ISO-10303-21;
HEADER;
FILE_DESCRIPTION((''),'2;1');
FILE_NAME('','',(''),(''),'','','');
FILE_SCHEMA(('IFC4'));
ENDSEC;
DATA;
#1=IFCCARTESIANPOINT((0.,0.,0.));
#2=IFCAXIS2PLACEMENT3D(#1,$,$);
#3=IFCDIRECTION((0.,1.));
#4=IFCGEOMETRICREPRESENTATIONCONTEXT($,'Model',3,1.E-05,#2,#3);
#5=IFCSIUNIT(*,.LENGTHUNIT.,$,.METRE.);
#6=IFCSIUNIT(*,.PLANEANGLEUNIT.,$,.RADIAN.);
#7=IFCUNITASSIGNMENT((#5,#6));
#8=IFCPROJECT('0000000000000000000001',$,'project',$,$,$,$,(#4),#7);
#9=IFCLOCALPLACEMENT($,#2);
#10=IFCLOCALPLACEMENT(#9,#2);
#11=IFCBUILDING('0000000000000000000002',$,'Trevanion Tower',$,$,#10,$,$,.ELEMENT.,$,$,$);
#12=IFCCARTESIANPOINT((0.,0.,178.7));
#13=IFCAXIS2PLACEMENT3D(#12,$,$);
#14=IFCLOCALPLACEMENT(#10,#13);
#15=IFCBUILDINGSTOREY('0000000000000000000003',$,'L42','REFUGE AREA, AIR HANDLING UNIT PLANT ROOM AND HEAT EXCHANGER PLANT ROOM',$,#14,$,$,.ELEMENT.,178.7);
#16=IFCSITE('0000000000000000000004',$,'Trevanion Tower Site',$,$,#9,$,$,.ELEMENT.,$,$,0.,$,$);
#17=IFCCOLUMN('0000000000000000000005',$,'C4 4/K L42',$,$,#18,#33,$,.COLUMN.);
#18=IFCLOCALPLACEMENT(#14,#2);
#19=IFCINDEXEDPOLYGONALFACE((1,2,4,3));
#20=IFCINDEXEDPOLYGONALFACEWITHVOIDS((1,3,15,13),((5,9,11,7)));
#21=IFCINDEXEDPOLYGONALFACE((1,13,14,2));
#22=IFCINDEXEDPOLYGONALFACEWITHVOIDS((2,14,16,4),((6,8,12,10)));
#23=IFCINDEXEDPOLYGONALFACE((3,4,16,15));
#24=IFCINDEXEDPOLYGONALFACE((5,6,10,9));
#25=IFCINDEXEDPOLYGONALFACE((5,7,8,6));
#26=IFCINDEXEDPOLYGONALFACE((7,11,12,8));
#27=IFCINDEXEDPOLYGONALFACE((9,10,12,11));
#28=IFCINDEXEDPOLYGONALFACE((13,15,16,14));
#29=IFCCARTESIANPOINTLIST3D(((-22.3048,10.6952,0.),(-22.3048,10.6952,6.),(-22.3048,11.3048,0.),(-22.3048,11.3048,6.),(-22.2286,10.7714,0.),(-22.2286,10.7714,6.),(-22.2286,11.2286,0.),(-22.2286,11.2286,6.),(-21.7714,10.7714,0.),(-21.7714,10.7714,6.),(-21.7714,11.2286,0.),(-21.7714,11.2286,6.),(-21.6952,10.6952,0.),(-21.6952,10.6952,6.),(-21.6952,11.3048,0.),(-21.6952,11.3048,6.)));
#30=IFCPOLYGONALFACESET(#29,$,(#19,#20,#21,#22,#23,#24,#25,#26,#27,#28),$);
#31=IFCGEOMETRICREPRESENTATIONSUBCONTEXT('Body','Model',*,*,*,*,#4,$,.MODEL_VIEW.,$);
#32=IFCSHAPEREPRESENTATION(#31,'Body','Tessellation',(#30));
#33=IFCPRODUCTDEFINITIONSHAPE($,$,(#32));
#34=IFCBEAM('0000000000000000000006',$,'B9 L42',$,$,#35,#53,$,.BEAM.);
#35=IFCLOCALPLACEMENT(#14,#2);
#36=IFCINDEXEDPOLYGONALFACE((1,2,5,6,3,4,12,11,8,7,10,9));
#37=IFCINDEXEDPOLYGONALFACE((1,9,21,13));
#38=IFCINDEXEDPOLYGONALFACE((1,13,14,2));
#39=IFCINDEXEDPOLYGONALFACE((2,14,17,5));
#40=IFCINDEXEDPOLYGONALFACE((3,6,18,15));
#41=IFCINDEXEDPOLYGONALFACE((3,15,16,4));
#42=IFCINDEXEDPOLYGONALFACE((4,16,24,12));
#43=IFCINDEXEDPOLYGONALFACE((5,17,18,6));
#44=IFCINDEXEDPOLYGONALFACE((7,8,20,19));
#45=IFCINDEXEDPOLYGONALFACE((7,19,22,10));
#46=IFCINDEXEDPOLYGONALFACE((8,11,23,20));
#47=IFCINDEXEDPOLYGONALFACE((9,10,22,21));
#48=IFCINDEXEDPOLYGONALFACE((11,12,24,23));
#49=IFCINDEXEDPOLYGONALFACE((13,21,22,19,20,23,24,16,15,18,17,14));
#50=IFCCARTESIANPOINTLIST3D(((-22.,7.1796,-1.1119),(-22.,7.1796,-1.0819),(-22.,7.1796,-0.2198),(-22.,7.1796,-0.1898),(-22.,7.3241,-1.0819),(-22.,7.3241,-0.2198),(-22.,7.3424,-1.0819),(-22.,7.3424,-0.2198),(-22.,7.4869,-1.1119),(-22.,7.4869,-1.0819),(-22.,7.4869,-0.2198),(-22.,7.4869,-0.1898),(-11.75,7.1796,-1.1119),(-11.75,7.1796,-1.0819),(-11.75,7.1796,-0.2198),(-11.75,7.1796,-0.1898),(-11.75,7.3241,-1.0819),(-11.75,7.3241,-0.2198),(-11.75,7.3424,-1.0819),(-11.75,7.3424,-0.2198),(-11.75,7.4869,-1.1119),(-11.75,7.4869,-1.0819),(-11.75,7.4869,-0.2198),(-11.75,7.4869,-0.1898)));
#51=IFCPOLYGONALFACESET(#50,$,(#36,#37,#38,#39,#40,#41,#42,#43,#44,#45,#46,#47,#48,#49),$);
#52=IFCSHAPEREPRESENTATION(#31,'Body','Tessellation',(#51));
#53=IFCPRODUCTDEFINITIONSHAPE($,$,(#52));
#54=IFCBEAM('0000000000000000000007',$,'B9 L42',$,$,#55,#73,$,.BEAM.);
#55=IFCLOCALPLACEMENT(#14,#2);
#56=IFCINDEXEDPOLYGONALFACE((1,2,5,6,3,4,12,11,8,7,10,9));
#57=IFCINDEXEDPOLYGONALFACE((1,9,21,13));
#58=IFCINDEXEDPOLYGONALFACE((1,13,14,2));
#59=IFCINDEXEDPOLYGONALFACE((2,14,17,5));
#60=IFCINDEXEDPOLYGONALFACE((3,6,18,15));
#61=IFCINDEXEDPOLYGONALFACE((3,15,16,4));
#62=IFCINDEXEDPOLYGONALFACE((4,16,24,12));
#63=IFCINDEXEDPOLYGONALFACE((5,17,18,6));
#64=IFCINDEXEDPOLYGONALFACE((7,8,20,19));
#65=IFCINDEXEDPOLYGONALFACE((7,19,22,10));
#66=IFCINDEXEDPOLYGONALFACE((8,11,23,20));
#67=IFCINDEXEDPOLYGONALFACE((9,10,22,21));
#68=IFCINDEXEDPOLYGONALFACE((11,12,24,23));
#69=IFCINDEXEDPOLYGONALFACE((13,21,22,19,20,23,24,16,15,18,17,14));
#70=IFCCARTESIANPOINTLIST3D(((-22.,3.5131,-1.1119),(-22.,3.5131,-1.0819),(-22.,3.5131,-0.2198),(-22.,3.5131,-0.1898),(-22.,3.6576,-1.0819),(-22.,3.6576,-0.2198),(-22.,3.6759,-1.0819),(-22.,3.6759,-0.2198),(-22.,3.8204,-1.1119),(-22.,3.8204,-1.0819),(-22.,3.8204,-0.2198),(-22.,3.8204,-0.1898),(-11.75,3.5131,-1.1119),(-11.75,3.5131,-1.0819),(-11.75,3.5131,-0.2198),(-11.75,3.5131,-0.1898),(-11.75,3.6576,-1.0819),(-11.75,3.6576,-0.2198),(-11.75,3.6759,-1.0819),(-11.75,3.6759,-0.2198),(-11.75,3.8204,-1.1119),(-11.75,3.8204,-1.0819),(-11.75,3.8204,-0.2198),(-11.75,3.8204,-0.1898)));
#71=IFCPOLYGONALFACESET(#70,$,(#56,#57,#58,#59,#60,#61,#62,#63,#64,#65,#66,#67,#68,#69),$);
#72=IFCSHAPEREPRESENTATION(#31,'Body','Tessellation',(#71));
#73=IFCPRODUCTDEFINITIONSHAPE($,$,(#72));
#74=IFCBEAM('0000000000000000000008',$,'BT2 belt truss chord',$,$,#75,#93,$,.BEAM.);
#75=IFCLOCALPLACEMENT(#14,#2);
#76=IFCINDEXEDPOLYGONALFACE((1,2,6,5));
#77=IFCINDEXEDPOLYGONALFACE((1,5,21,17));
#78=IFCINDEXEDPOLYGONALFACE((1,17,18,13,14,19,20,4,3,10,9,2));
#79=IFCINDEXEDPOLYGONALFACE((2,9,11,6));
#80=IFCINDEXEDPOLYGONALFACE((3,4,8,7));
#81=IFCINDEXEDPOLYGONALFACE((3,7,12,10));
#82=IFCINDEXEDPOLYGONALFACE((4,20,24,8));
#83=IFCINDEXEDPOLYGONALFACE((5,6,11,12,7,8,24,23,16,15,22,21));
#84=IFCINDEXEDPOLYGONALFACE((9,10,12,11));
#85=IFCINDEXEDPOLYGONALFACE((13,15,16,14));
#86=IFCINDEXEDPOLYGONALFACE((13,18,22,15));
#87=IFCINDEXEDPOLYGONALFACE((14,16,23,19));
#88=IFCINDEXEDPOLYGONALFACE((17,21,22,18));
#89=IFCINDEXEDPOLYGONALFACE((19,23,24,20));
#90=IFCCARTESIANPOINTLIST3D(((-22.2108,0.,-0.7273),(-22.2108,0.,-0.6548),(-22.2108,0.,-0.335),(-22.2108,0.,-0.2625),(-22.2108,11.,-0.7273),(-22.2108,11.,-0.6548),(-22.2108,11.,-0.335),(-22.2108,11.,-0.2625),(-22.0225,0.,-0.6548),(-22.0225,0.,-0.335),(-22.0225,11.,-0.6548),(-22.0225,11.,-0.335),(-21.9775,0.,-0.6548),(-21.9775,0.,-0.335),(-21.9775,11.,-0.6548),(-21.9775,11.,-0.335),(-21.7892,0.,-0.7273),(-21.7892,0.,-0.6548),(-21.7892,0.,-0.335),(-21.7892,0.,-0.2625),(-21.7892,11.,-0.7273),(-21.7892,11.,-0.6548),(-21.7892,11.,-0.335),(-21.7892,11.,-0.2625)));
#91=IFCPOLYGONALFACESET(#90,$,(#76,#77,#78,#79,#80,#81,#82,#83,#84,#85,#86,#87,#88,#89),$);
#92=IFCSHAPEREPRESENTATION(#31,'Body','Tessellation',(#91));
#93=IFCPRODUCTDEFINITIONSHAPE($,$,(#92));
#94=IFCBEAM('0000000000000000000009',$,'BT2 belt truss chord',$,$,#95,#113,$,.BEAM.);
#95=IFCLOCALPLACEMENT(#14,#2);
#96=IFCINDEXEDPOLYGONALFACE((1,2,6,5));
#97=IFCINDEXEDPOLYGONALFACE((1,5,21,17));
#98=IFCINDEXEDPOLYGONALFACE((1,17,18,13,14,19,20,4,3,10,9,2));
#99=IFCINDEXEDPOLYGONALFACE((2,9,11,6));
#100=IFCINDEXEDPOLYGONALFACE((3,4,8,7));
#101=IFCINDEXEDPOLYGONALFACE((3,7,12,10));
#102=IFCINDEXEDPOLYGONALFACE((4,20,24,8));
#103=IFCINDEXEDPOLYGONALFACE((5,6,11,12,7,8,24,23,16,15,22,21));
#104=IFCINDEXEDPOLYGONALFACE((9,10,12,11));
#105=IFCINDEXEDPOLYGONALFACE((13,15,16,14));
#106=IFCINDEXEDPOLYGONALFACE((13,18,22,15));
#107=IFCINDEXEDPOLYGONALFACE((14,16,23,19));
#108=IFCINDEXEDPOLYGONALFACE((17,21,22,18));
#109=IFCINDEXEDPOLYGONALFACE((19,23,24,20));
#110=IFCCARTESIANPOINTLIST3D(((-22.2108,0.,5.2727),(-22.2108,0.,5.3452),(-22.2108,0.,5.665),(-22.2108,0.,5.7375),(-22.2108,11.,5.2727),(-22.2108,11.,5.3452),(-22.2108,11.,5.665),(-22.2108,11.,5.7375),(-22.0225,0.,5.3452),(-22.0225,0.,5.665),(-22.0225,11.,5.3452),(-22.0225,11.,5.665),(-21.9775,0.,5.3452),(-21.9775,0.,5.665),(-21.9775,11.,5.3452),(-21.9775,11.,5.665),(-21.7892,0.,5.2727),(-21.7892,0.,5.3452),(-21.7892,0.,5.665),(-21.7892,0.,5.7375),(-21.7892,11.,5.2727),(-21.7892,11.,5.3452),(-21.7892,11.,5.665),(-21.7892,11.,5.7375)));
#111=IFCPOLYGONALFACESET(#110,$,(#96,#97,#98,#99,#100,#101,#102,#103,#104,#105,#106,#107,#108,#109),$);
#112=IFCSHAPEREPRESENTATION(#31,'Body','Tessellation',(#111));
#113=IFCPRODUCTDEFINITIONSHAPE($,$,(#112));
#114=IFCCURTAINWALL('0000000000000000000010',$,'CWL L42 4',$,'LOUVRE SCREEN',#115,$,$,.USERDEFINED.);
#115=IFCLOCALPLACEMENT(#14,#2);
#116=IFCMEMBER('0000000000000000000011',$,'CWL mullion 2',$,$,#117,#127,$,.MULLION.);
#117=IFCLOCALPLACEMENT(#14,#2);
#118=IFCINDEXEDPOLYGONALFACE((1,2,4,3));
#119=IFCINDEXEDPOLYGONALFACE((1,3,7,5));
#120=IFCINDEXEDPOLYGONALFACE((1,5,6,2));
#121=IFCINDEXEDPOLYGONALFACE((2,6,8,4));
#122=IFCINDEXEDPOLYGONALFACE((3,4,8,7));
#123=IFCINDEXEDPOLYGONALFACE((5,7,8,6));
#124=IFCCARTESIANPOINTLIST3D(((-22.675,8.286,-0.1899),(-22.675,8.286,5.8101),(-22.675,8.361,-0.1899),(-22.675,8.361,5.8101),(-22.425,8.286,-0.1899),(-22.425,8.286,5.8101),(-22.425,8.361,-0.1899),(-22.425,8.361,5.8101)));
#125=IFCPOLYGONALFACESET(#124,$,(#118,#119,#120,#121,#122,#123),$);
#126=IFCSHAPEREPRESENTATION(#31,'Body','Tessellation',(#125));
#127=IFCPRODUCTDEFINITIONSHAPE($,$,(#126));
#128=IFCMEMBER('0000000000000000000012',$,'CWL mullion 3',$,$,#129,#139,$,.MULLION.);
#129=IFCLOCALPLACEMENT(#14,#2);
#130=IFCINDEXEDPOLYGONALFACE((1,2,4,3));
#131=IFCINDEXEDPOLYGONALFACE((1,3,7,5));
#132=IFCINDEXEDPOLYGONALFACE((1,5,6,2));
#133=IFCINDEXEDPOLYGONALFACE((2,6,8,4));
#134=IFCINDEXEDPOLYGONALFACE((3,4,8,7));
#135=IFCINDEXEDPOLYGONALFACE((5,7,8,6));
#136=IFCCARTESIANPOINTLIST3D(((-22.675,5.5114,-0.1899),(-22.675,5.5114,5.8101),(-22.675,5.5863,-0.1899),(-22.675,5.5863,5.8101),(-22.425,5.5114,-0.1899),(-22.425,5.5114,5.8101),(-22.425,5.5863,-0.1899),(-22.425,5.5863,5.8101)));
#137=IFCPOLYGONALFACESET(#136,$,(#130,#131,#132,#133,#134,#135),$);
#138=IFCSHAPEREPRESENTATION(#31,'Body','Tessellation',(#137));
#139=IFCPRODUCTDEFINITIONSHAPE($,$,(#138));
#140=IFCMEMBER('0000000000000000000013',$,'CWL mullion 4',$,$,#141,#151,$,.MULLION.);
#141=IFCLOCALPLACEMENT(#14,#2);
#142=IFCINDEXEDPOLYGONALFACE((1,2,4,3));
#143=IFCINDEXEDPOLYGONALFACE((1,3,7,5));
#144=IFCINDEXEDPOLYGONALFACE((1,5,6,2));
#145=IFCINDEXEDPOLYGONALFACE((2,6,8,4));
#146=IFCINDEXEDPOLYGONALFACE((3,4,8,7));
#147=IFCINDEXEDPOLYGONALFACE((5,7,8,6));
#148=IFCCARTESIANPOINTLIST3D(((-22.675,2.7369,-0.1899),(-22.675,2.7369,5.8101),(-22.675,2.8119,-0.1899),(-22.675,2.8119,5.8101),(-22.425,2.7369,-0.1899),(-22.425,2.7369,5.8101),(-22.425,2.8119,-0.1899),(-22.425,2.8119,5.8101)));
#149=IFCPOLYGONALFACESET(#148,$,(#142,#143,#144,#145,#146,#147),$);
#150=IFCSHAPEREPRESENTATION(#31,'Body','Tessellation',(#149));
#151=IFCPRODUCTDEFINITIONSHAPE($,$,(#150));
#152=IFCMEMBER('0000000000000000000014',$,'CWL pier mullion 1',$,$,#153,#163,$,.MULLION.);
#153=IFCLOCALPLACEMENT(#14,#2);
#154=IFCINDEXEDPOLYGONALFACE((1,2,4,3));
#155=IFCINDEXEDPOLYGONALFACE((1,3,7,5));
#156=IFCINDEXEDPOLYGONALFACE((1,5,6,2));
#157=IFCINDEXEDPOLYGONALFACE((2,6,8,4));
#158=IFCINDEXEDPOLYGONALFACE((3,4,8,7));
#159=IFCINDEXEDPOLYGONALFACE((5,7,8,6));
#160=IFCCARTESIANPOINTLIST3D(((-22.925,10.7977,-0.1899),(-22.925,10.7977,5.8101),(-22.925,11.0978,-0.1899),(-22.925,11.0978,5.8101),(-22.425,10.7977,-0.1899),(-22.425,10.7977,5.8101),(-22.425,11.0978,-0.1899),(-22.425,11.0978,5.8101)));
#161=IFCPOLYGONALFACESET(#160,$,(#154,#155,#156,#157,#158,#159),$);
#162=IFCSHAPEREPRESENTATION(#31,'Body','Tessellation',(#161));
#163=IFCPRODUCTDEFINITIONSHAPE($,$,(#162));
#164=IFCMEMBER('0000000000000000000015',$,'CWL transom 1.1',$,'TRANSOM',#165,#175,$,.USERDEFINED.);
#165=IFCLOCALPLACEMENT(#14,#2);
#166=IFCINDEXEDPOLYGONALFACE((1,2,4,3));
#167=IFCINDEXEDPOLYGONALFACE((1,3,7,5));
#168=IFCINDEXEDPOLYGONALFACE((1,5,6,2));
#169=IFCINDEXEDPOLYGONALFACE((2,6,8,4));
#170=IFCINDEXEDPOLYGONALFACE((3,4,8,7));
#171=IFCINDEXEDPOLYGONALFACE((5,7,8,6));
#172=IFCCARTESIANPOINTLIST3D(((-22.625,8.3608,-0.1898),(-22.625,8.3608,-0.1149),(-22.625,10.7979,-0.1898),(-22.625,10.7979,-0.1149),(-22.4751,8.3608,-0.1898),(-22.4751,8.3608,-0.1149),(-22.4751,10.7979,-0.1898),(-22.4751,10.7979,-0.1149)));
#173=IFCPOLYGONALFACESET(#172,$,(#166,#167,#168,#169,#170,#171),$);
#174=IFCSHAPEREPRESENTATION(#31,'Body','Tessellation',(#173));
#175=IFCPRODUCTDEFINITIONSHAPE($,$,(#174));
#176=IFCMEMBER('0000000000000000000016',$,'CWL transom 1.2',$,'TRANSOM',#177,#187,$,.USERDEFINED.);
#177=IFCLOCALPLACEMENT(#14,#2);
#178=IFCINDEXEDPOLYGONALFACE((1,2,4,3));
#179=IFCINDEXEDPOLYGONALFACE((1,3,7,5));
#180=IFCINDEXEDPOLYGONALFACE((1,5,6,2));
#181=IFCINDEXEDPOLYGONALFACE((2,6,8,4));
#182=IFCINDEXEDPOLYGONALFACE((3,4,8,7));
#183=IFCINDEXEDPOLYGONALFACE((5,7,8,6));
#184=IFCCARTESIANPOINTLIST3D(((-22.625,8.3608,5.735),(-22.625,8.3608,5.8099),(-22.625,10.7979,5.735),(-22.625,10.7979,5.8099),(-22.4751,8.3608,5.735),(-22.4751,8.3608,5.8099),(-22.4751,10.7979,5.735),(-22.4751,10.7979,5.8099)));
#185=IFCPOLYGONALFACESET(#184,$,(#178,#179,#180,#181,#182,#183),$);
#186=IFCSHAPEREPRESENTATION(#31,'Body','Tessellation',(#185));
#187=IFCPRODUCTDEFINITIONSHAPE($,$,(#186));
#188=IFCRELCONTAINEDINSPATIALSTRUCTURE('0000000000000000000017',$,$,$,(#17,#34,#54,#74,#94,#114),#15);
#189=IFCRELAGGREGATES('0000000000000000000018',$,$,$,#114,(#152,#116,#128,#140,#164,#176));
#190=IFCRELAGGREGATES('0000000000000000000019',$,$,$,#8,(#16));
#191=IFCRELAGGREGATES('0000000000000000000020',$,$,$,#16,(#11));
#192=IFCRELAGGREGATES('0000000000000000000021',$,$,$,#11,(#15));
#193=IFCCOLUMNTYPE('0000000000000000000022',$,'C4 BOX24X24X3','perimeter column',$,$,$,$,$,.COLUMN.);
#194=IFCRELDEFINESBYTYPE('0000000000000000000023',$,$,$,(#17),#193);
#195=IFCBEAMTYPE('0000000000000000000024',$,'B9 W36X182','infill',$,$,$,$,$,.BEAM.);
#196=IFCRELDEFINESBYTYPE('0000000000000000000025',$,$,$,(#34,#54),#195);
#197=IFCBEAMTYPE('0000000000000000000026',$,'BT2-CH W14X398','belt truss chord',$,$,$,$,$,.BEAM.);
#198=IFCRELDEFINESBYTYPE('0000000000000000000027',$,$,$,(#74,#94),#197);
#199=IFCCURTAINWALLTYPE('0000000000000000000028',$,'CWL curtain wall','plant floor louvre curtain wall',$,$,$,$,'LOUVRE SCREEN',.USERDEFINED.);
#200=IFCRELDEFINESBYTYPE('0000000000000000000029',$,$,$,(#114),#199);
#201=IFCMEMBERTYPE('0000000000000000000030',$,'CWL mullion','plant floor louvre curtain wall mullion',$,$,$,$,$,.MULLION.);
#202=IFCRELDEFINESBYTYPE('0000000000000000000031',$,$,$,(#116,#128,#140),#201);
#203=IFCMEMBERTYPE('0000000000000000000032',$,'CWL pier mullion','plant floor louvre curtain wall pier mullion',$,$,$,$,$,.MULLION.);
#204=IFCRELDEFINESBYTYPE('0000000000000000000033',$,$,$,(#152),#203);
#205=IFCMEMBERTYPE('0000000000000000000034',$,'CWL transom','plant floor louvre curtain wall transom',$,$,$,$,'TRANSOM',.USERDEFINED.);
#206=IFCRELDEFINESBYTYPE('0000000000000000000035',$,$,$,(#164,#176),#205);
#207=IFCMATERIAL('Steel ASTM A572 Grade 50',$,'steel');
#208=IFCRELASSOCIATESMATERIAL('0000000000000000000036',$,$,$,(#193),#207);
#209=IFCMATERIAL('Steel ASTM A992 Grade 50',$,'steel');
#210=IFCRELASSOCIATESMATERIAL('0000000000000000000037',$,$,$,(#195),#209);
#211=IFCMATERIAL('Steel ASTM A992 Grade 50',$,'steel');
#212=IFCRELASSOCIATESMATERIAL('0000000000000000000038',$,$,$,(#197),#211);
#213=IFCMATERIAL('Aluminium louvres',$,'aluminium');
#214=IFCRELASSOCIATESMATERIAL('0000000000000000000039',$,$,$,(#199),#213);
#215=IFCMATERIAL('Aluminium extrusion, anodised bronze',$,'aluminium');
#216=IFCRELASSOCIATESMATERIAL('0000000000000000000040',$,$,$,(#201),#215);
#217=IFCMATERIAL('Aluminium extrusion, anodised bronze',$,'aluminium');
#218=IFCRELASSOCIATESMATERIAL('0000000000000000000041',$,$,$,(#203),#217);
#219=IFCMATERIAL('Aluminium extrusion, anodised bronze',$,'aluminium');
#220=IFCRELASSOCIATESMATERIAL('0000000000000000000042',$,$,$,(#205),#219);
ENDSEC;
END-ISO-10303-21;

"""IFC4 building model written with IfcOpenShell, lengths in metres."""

from ifc_helpers import new_model, si_unit, direction, frame, origin, origin_2d, place, context, subcontext, project, spatial, rectangle, hollow_rectangle, i_section, extrude, material, material_profile, profile_set, type_object, element, aggregate, save


model = new_model("IFC4")

# Units and contexts
model_context = context("Model", 3, precision=1e-05, world=origin(), true_north=direction((0.0, 1.0)))
body_context = subcontext(model_context, "Body", "Model", "MODEL_VIEW")
ifc_project = project(units=[si_unit("LENGTHUNIT", "METRE"), si_unit("PLANEANGLEUNIT", "RADIAN")], contexts=[model_context])

# Site, building, storey
site_placement = place(None, origin())
site = spatial("IfcSite", under=ifc_project, at=site_placement, Name="Trevanion Tower Site", CompositionType="ELEMENT", RefElevation=0.0)
building_placement = place(site_placement, origin())
building = spatial("IfcBuilding", under=site, at=building_placement, Name="Trevanion Tower", CompositionType="ELEMENT")
storey_placement = place(building_placement, frame((0.0, 0.0, 178.7)))
storey = spatial("IfcBuildingStorey", under=building, at=storey_placement, Name="L42", Description="REFUGE AREA, AIR HANDLING UNIT PLANT ROOM AND HEAT EXCHANGER PLANT ROOM", CompositionType="ELEMENT", Elevation=178.7)

# Column
ifc_material_1 = material(Name="Steel ASTM A572 Grade 50", Category="steel")
ifc_material_profile_1 = material_profile(ifc_material_1, hollow_rectangle(XDim=0.6096, YDim=0.6096, WallThickness=0.0762, at=origin_2d()), Name="BOX24X24X3")
ifc_profile_set_1 = profile_set([ifc_material_profile_1], Name="Steel ASTM A572 Grade 50")
column_type = type_object("IfcColumnType", Name="C4 BOX24X24X3", Description="perimeter column", PredefinedType="COLUMN", material=ifc_profile_set_1)
column_placement = place(storey_placement, frame((-22.0, 11.0, 0.0), z_axis=(0.0, 0.0, 1.0), x_axis=(0.0, 1.0, 0.0)))
element("IfcColumn", 1, at=column_placement, inside=storey, type_object=column_type, Name="C4 4/K L42", PredefinedType="COLUMN", context=body_context, shape_type="SweptSolid", body=[
    extrude(hollow_rectangle(XDim=0.6096, YDim=0.6096, WallThickness=0.0762, at=origin_2d()), origin(), (0.0, 0.0, 1.0), 6.0),
])

# Beams
ifc_material_2 = material(Name="Steel ASTM A992 Grade 50", Category="steel")
ifc_material_profile_2 = material_profile(ifc_material_2, i_section(OverallWidth=0.3074, OverallDepth=0.9221, WebThickness=0.0183, FlangeThickness=0.03, at=origin_2d()), Name="W36X182")
ifc_profile_set_2 = profile_set([ifc_material_profile_2], Name="Steel ASTM A992 Grade 50")
beam_type_1 = type_object("IfcBeamType", Name="B9 W36X182", Description="infill", PredefinedType="BEAM", material=ifc_profile_set_2)
for number, where, z_axis, x_axis, name in (
    (2, (-11.75, 7.3333, -0.6509), (-1.0, 0.0, 0.0), (0.0, -1.0, 0.0), "B9 L42"),
    (3, (-11.75, 3.6667, -0.6509), (-1.0, 0.0, 0.0), (0.0, -1.0, 0.0), "B9 L42"),
):
    element("IfcBeam", number, at=place(storey_placement, frame(where, z_axis=z_axis, x_axis=x_axis)), inside=storey, type_object=beam_type_1, Name=name, PredefinedType="BEAM", context=body_context, shape_type="SweptSolid", body=[
        extrude(i_section(OverallWidth=0.3074, OverallDepth=0.9221, WebThickness=0.0183, FlangeThickness=0.03, at=origin_2d()), origin(), (0.0, 0.0, 1.0), 10.25),
    ])
ifc_material_3 = material(Name="Steel ASTM A992 Grade 50", Category="steel")
ifc_material_profile_3 = material_profile(ifc_material_3, i_section(OverallWidth=0.4216, OverallDepth=0.4648, WebThickness=0.0449, FlangeThickness=0.0725, at=origin_2d()), Name="W14X398")
ifc_profile_set_3 = profile_set([ifc_material_profile_3], Name="Steel ASTM A992 Grade 50")
beam_type_2 = type_object("IfcBeamType", Name="BT2-CH W14X398", Description="belt truss chord", PredefinedType="BEAM", material=ifc_profile_set_3)
for number, where, z_axis, x_axis, name in (
    (4, (-22.0, 11.0, -0.4949), (0.0, -1.0, 0.0), (1.0, 0.0, 0.0), "BT2 belt truss chord"),
    (5, (-22.0, 11.0, 5.5051), (0.0, -1.0, 0.0), (1.0, 0.0, 0.0), "BT2 belt truss chord"),
):
    element("IfcBeam", number, at=place(storey_placement, frame(where, z_axis=z_axis, x_axis=x_axis)), inside=storey, type_object=beam_type_2, Name=name, PredefinedType="BEAM", context=body_context, shape_type="SweptSolid", body=[
        extrude(i_section(OverallWidth=0.4216, OverallDepth=0.4648, WebThickness=0.0449, FlangeThickness=0.0725, at=origin_2d()), origin(), (0.0, 0.0, 1.0), 11.0),
    ])

# Curtain wall, members
ifc_material_4 = material(Name="Aluminium louvres", Category="aluminium")
curtain_wall_type = type_object("IfcCurtainWallType", Name="CWL curtain wall", Description="plant floor louvre curtain wall", ElementType="LOUVRE SCREEN", PredefinedType="USERDEFINED", material=ifc_material_4)
curtain_wall_placement = place(storey_placement, origin())
curtain_wall = element("IfcCurtainWall", 6, at=curtain_wall_placement, inside=storey, type_object=curtain_wall_type, Name="CWL L42 4", ObjectType="LOUVRE SCREEN", PredefinedType="USERDEFINED")
ifc_material_5 = material(Name="Aluminium extrusion, anodised bronze", Category="aluminium")
ifc_material_profile_4 = material_profile(ifc_material_5, rectangle(XDim=0.075, YDim=0.25, at=origin_2d()), Name="CWL mullion")
ifc_profile_set_4 = profile_set([ifc_material_profile_4], Name="Aluminium extrusion, anodised bronze")
member_type_1 = type_object("IfcMemberType", Name="CWL mullion", Description="plant floor louvre curtain wall mullion", PredefinedType="MULLION", material=ifc_profile_set_4)
member_1_placement = place(storey_placement, frame((-22.55, 8.3235, -0.1899), z_axis=(0.0, 0.0, 1.0), x_axis=(0.0, -1.0, 0.0)))
member_1 = element("IfcMember", 7, at=member_1_placement, type_object=member_type_1, Name="CWL mullion 2", PredefinedType="MULLION", context=body_context, shape_type="SweptSolid", body=[
    extrude(rectangle(XDim=0.075, YDim=0.25, at=origin_2d()), origin(), (0.0, 0.0, 1.0), 6.0),
])
member_2_placement = place(storey_placement, frame((-22.55, 5.5488, -0.1899), z_axis=(0.0, 0.0, 1.0), x_axis=(0.0, -1.0, 0.0)))
member_2 = element("IfcMember", 8, at=member_2_placement, type_object=member_type_1, Name="CWL mullion 3", PredefinedType="MULLION", context=body_context, shape_type="SweptSolid", body=[
    extrude(rectangle(XDim=0.075, YDim=0.25, at=origin_2d()), origin(), (0.0, 0.0, 1.0), 6.0),
])
member_3_placement = place(storey_placement, frame((-22.55, 2.7744, -0.1899), z_axis=(0.0, 0.0, 1.0), x_axis=(0.0, -1.0, 0.0)))
member_3 = element("IfcMember", 9, at=member_3_placement, type_object=member_type_1, Name="CWL mullion 4", PredefinedType="MULLION", context=body_context, shape_type="SweptSolid", body=[
    extrude(rectangle(XDim=0.075, YDim=0.25, at=origin_2d()), origin(), (0.0, 0.0, 1.0), 6.0),
])
ifc_material_6 = material(Name="Aluminium extrusion, anodised bronze", Category="aluminium")
ifc_material_profile_5 = material_profile(ifc_material_6, rectangle(XDim=0.3, YDim=0.5, at=origin_2d()), Name="CWL pier mullion")
ifc_profile_set_5 = profile_set([ifc_material_profile_5], Name="Aluminium extrusion, anodised bronze")
member_type_2 = type_object("IfcMemberType", Name="CWL pier mullion", Description="plant floor louvre curtain wall pier mullion", PredefinedType="MULLION", material=ifc_profile_set_5)
member_4_placement = place(storey_placement, frame((-22.675, 10.9478, -0.1899), z_axis=(0.0, 0.0, 1.0), x_axis=(0.0, -1.0, 0.0)))
member_4 = element("IfcMember", 10, at=member_4_placement, type_object=member_type_2, Name="CWL pier mullion 1", PredefinedType="MULLION", context=body_context, shape_type="SweptSolid", body=[
    extrude(rectangle(XDim=0.3, YDim=0.5, at=origin_2d()), origin(), (0.0, 0.0, 1.0), 6.0),
])
ifc_material_7 = material(Name="Aluminium extrusion, anodised bronze", Category="aluminium")
ifc_material_profile_6 = material_profile(ifc_material_7, rectangle(XDim=0.1499, YDim=0.075, at=origin_2d()), Name="CWL transom")
ifc_profile_set_6 = profile_set([ifc_material_profile_6], Name="Aluminium extrusion, anodised bronze")
member_type_3 = type_object("IfcMemberType", Name="CWL transom", Description="plant floor louvre curtain wall transom", ElementType="TRANSOM", PredefinedType="USERDEFINED", material=ifc_profile_set_6)
member_5_placement = place(storey_placement, frame((-22.55, 10.7979, -0.1523), z_axis=(0.0, -1.0, 0.0), x_axis=(1.0, 0.0, 0.0)))
member_5 = element("IfcMember", 11, at=member_5_placement, type_object=member_type_3, Name="CWL transom 1.1", ObjectType="TRANSOM", PredefinedType="USERDEFINED", context=body_context, shape_type="SweptSolid", body=[
    extrude(rectangle(XDim=0.1499, YDim=0.075, at=origin_2d()), origin(), (0.0, 0.0, 1.0), 2.437),
])
member_6_placement = place(storey_placement, frame((-22.55, 10.7979, 5.7725), z_axis=(0.0, -1.0, 0.0), x_axis=(1.0, 0.0, 0.0)))
member_6 = element("IfcMember", 12, at=member_6_placement, type_object=member_type_3, Name="CWL transom 1.2", ObjectType="TRANSOM", PredefinedType="USERDEFINED", context=body_context, shape_type="SweptSolid", body=[
    extrude(rectangle(XDim=0.1499, YDim=0.075, at=origin_2d()), origin(), (0.0, 0.0, 1.0), 2.437),
])

aggregate(curtain_wall, [member_4, member_1, member_2, member_3, member_5, member_6])

save(model, "model.ifc")
